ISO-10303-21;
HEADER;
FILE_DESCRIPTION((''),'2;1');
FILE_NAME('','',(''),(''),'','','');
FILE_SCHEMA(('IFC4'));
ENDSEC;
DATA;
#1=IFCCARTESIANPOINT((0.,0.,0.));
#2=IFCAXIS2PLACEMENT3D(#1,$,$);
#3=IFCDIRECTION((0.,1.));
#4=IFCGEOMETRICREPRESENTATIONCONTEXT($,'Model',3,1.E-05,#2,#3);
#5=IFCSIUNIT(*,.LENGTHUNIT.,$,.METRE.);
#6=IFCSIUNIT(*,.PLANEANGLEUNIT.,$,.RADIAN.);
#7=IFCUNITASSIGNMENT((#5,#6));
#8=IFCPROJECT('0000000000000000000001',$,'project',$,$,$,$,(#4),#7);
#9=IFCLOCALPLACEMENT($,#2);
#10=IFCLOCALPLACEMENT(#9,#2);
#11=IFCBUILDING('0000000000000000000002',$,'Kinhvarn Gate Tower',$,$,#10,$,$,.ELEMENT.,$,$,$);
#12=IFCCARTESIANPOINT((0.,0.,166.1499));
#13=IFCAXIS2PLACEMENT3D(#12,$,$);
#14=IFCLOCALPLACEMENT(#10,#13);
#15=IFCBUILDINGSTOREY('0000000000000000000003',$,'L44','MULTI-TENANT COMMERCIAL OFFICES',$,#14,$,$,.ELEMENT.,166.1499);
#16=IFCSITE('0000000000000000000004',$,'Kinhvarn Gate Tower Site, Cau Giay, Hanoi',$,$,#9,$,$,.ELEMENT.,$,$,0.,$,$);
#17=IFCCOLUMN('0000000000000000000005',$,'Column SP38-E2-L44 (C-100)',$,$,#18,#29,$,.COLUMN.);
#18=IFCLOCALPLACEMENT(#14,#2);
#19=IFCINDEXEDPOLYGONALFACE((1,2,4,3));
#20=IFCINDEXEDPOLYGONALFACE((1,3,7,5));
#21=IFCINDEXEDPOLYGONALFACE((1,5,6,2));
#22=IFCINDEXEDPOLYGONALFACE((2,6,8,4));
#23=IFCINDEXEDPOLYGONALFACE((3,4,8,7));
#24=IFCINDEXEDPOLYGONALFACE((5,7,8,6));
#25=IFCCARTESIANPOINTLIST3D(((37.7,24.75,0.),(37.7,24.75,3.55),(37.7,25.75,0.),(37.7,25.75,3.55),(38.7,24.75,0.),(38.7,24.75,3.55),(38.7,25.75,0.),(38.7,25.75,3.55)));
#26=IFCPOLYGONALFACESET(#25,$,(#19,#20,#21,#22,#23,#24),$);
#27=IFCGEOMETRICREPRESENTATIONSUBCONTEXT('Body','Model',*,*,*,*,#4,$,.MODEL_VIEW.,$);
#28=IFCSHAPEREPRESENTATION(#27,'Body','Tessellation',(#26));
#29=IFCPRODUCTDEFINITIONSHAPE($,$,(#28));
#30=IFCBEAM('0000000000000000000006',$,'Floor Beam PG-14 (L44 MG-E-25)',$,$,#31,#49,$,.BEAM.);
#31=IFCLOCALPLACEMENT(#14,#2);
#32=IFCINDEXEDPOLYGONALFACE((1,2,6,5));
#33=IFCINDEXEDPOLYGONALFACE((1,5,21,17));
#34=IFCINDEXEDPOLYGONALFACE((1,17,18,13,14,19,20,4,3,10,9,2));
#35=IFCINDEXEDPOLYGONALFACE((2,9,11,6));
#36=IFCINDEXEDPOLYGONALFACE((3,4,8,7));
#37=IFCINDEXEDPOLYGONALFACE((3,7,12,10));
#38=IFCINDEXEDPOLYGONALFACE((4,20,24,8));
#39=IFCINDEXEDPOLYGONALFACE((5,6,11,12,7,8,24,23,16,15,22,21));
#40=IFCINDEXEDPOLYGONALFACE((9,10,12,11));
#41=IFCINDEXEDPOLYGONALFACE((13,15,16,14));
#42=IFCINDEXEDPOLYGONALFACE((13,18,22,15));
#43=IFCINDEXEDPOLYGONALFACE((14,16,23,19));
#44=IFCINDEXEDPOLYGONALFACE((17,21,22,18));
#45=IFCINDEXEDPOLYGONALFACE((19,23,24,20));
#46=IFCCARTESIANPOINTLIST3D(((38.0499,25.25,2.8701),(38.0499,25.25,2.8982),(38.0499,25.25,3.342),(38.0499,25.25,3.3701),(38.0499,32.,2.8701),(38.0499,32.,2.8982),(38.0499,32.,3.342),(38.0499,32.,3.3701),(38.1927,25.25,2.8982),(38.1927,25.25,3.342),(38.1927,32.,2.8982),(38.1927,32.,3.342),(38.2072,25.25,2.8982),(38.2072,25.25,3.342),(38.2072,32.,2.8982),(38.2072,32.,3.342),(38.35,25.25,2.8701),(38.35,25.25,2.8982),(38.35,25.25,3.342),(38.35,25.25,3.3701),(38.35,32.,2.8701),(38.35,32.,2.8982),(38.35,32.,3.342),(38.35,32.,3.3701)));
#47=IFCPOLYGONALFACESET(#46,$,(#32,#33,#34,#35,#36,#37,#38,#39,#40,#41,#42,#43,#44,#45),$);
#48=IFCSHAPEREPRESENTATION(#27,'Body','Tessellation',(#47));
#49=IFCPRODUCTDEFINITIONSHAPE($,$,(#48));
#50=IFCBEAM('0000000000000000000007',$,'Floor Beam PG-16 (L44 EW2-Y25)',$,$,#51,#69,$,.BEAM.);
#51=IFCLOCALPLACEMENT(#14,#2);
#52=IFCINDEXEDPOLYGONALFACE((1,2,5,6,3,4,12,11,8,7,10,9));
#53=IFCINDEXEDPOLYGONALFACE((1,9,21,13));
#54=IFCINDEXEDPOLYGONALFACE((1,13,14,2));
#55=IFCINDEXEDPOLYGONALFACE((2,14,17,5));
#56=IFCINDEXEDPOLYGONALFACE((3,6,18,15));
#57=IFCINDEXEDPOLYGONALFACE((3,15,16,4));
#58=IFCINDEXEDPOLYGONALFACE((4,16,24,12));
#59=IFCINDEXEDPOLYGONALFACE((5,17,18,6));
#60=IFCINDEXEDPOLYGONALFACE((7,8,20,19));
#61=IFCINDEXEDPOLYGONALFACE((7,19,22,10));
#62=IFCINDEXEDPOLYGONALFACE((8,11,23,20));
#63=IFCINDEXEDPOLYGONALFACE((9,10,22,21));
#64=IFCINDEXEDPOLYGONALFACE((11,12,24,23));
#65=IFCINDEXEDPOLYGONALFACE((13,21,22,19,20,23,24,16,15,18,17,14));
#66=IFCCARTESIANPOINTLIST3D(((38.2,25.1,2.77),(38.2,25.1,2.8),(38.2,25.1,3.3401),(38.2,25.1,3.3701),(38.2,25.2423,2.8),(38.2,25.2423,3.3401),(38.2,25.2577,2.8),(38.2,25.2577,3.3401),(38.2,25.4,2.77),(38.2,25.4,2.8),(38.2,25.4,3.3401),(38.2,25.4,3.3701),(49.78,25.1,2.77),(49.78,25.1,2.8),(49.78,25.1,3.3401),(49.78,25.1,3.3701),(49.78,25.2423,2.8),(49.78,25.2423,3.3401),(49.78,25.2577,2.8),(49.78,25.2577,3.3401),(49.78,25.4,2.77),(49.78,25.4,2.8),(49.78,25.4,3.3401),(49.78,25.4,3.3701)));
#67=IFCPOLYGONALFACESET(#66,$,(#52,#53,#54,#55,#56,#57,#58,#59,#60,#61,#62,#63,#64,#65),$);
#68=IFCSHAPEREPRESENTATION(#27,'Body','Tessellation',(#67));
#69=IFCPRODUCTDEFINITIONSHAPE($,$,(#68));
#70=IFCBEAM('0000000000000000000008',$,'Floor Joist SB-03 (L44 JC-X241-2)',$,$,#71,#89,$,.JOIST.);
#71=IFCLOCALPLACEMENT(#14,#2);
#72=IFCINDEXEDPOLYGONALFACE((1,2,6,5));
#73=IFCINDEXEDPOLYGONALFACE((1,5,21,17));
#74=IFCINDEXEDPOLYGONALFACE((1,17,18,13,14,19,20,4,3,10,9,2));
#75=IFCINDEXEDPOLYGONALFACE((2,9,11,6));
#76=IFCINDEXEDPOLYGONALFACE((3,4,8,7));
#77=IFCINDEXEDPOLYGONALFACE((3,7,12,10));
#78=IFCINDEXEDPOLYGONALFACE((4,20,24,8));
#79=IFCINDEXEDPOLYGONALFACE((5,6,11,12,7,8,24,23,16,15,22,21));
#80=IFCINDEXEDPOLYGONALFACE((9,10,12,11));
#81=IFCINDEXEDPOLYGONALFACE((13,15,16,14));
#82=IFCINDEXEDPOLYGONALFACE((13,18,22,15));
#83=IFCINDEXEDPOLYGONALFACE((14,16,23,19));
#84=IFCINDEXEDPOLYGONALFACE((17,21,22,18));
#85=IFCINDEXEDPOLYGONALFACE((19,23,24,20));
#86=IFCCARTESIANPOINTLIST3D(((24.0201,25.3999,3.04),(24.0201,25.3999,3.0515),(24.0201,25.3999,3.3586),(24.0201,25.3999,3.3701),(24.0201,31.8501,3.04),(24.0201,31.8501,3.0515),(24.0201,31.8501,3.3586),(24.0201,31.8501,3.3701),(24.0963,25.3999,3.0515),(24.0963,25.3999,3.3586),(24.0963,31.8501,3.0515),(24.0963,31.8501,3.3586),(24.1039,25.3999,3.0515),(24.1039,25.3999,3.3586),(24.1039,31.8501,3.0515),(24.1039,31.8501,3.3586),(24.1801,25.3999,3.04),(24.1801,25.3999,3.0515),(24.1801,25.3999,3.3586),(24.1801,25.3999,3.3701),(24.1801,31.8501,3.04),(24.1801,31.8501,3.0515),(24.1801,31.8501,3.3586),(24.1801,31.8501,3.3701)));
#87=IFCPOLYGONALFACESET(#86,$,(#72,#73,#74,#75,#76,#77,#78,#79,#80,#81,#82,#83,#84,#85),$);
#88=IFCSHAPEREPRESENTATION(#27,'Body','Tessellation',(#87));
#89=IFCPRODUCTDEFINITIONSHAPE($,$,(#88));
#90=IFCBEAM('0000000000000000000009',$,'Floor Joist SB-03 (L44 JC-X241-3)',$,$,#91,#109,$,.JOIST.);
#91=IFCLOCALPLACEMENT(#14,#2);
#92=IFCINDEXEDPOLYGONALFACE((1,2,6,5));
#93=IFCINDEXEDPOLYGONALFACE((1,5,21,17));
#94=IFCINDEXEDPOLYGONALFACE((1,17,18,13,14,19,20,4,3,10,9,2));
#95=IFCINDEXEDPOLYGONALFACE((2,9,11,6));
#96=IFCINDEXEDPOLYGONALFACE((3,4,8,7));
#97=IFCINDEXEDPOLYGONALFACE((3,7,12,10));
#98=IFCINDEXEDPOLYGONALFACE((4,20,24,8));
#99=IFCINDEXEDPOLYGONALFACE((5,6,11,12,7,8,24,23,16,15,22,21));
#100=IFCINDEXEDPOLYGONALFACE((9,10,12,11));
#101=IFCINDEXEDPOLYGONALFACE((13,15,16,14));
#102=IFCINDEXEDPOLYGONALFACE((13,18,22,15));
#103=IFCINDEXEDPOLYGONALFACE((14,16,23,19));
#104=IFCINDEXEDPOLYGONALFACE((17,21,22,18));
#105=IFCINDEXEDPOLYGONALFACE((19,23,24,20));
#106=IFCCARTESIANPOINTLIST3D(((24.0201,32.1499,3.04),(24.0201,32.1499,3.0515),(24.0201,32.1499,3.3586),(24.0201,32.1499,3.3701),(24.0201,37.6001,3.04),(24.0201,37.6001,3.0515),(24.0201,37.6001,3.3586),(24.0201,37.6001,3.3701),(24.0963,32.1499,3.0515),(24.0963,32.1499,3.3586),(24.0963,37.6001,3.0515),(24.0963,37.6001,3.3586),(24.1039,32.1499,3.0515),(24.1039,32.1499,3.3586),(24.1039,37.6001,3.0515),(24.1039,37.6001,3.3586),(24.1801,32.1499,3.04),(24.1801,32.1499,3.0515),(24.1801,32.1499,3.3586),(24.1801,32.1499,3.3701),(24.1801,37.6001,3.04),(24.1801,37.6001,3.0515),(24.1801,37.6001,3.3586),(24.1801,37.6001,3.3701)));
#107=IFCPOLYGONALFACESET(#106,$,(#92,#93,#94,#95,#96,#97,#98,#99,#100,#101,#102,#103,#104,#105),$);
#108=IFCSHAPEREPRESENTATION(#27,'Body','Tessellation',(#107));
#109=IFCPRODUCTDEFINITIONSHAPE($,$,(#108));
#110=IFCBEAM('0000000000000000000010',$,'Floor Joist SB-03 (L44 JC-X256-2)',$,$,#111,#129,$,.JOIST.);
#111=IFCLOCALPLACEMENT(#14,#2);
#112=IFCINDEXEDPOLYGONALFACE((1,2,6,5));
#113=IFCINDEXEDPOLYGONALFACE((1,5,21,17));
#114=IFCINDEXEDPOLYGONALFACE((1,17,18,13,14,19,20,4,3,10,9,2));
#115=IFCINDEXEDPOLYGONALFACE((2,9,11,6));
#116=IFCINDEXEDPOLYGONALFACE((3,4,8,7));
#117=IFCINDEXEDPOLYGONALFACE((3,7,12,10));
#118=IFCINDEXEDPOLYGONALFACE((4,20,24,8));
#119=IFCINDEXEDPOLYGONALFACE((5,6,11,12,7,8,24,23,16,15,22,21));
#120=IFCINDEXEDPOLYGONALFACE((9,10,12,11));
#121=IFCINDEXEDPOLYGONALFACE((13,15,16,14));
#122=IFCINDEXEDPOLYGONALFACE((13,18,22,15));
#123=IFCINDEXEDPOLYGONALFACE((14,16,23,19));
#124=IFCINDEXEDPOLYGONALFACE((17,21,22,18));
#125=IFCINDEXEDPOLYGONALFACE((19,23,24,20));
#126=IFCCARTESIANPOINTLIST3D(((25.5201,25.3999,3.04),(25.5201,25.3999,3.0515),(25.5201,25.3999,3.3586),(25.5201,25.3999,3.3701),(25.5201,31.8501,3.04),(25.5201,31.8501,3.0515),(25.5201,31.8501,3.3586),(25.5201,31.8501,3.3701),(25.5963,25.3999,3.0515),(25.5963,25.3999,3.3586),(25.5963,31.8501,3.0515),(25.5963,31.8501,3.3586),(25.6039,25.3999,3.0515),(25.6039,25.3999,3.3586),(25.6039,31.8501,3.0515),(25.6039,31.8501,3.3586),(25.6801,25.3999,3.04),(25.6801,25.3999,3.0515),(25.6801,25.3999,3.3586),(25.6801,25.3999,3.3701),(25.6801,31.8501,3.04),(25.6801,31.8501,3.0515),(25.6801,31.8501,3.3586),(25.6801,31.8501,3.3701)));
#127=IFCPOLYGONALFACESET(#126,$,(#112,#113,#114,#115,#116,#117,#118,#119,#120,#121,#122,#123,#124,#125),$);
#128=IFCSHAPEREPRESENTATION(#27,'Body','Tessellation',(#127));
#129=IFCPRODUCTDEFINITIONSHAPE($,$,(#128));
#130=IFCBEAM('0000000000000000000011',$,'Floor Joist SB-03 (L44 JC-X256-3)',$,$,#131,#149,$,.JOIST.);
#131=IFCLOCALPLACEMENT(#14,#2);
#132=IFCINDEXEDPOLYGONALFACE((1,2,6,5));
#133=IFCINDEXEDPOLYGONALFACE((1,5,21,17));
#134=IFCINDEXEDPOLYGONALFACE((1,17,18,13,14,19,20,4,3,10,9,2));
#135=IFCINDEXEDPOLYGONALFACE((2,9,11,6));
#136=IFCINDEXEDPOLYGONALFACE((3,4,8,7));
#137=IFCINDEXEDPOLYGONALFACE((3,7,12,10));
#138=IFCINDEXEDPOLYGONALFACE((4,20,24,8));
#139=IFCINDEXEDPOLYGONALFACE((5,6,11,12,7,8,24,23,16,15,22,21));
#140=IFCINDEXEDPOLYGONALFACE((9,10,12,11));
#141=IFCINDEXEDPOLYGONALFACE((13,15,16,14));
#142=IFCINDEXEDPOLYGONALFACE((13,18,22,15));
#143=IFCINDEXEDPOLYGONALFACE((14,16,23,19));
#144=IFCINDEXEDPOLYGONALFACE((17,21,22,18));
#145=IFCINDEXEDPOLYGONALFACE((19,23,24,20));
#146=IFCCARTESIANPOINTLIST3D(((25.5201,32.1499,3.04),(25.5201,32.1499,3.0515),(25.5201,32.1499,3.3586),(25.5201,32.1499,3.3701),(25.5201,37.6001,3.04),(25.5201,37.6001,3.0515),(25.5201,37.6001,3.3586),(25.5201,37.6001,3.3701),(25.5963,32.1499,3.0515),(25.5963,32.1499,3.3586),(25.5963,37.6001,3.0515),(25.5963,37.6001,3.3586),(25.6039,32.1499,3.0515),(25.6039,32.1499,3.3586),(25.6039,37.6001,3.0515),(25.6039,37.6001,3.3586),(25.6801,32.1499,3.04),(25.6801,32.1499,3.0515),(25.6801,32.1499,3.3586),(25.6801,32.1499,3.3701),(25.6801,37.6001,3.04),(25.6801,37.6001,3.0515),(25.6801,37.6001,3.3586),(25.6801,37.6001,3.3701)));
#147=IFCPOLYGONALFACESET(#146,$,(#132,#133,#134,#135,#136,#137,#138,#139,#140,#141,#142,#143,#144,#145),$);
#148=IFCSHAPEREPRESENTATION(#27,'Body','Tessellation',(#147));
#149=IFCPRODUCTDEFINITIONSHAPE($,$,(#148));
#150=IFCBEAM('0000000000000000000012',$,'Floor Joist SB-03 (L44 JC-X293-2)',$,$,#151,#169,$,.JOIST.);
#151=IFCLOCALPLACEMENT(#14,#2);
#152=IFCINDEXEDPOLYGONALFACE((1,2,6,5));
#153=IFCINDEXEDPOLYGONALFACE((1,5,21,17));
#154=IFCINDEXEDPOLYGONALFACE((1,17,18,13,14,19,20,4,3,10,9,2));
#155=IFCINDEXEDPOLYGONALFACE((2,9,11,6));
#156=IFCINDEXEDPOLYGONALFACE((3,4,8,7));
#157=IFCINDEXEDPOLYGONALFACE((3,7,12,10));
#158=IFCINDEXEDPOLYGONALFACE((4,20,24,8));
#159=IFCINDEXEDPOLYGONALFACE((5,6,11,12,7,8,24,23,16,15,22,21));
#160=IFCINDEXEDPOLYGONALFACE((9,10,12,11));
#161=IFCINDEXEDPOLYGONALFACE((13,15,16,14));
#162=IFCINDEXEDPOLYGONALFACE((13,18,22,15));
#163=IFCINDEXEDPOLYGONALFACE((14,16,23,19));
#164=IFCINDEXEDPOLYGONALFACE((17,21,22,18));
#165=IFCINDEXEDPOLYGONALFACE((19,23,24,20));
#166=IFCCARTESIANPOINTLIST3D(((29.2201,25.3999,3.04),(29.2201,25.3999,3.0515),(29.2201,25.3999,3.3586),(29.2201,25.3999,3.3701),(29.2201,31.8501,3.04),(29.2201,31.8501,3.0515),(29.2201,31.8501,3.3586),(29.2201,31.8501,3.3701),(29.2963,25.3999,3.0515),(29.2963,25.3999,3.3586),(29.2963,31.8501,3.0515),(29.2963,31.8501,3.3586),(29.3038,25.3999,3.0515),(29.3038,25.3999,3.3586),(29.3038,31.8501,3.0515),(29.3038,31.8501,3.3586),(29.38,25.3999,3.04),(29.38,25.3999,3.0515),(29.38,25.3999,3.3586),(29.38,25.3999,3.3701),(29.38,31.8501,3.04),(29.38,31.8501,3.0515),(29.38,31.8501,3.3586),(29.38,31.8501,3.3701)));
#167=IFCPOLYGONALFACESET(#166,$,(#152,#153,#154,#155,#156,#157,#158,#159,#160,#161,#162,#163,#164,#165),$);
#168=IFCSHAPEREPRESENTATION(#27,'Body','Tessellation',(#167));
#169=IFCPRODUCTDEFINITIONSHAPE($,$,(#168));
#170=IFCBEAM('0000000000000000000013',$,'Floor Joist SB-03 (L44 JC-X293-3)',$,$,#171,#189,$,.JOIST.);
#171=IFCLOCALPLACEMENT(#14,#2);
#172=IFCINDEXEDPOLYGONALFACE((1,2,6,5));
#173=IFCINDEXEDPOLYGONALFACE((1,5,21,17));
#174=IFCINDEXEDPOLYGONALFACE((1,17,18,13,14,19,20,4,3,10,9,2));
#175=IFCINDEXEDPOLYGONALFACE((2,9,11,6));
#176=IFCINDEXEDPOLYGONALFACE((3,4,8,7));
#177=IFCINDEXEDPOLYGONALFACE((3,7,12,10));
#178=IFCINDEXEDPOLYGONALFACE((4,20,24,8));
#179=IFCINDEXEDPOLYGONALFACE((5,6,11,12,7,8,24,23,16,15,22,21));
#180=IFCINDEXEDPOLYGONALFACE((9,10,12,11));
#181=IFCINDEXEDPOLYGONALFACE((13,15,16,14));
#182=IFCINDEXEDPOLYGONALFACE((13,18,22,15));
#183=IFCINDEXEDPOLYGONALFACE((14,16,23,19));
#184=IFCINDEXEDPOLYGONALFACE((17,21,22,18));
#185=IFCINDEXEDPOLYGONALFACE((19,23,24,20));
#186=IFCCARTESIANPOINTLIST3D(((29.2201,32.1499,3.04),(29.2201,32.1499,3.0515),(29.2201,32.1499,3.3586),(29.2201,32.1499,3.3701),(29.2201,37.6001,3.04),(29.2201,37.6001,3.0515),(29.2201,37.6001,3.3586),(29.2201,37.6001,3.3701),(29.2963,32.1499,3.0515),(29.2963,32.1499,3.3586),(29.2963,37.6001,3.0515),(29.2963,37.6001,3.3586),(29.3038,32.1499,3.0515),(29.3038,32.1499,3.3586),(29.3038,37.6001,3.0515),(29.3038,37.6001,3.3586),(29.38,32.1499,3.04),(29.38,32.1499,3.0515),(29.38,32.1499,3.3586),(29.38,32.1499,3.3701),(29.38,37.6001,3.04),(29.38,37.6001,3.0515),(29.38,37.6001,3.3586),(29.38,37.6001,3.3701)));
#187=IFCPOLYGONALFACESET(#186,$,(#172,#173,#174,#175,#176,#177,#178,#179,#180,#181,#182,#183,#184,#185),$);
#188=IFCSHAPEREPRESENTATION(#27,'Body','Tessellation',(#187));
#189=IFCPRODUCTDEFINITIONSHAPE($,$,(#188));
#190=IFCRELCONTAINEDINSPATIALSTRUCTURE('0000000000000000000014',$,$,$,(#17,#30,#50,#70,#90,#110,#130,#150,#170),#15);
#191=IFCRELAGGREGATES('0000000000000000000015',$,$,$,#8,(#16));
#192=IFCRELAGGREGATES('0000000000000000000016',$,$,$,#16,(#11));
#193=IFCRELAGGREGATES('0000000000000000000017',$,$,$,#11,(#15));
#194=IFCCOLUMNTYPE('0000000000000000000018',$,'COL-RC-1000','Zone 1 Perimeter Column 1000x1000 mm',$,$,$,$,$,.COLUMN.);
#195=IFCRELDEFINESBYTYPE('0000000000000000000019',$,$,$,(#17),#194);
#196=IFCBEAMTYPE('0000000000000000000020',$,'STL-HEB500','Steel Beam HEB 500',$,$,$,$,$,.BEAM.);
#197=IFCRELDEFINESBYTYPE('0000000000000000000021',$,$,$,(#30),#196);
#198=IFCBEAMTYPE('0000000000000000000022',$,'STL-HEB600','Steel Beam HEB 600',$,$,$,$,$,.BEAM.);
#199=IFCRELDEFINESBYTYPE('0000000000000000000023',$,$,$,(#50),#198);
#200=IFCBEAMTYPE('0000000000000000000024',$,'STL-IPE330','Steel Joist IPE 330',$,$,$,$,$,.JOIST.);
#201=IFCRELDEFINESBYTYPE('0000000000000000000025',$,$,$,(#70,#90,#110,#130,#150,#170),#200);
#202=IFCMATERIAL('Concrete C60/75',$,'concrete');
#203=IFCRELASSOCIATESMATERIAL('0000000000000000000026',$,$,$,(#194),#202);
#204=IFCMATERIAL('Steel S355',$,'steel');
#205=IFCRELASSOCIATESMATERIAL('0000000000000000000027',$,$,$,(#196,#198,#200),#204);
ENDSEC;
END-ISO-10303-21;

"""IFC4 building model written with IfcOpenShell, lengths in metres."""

from ifc_helpers import new_model, si_unit, direction, frame, origin, origin_2d, place, context, subcontext, project, spatial, rectangle, i_section, extrude, material, material_profile, profile_set, type_object, element, save


model = new_model("IFC4")

# Units and contexts
model_context = context("Model", 3, precision=1e-05, world=origin(), true_north=direction((0.0, 1.0)))
body_context = subcontext(model_context, "Body", "Model", "MODEL_VIEW")
ifc_project = project(units=[si_unit("LENGTHUNIT", "METRE"), si_unit("PLANEANGLEUNIT", "RADIAN")], contexts=[model_context])

# Site, building, storey
site_placement = place(None, origin())
site = spatial("IfcSite", under=ifc_project, at=site_placement, Name="Kinhvarn Gate Tower Site, Cau Giay, Hanoi", CompositionType="ELEMENT", RefElevation=0.0)
building_placement = place(site_placement, origin())
building = spatial("IfcBuilding", under=site, at=building_placement, Name="Kinhvarn Gate Tower", CompositionType="ELEMENT")
storey_placement = place(building_placement, frame((0.0, 0.0, 166.1499)))
storey = spatial("IfcBuildingStorey", under=building, at=storey_placement, Name="L44", Description="MULTI-TENANT COMMERCIAL OFFICES", CompositionType="ELEMENT", Elevation=166.1499)

# Column
ifc_material_1 = material(Name="Concrete C60/75", Category="concrete")
ifc_material_profile_1 = material_profile(ifc_material_1, rectangle(XDim=1.0, YDim=1.0, at=origin_2d()), Name="RC 1000x1000")
ifc_profile_set_1 = profile_set([ifc_material_profile_1], Name="Concrete C60/75")
column_type = type_object("IfcColumnType", Name="COL-RC-1000", Description="Zone 1 Perimeter Column 1000x1000 mm", PredefinedType="COLUMN", material=ifc_profile_set_1)
column_placement = place(storey_placement, frame((38.2, 25.25, 0.0), z_axis=(0.0, 0.0, 1.0), x_axis=(1.0, 0.0, 0.0)))
element("IfcColumn", 1, at=column_placement, inside=storey, type_object=column_type, Name="Column SP38-E2-L44 (C-100)", PredefinedType="COLUMN", context=body_context, shape_type="SweptSolid", body=[
    extrude(rectangle(XDim=1.0, YDim=1.0, at=origin_2d()), origin(), (0.0, 0.0, 1.0), 3.55),
])

# Beams
ifc_material_2 = material(Name="Steel S355", Category="steel")
ifc_material_profile_2 = material_profile(ifc_material_2, i_section(OverallWidth=0.3, OverallDepth=0.5, WebThickness=0.0144, FlangeThickness=0.0281, at=origin_2d()), Name="HEB 500")
ifc_profile_set_2 = profile_set([ifc_material_profile_2], Name="Steel S355")
beam_type_1 = type_object("IfcBeamType", Name="STL-HEB500", Description="Steel Beam HEB 500", PredefinedType="BEAM", material=ifc_profile_set_2)
beam_1_placement = place(storey_placement, frame((38.2, 25.25, 3.1201), z_axis=(0.0, 1.0, 0.0), x_axis=(-1.0, 0.0, 0.0)))
element("IfcBeam", 2, at=beam_1_placement, inside=storey, type_object=beam_type_1, Name="Floor Beam PG-14 (L44 MG-E-25)", PredefinedType="BEAM", context=body_context, shape_type="SweptSolid", body=[
    extrude(i_section(OverallWidth=0.3, OverallDepth=0.5, WebThickness=0.0144, FlangeThickness=0.0281, at=origin_2d()), origin(), (0.0, 0.0, 1.0), 6.75),
])
ifc_material_profile_3 = material_profile(ifc_material_2, i_section(OverallWidth=0.3, OverallDepth=0.6001, WebThickness=0.0154, FlangeThickness=0.03, at=origin_2d()), Name="HEB 600")
ifc_profile_set_3 = profile_set([ifc_material_profile_3], Name="Steel S355")
beam_type_2 = type_object("IfcBeamType", Name="STL-HEB600", Description="Steel Beam HEB 600", PredefinedType="BEAM", material=ifc_profile_set_3)
beam_2_placement = place(storey_placement, frame((38.2, 25.25, 3.0701), z_axis=(1.0, 0.0, 0.0), x_axis=(0.0, 1.0, 0.0)))
element("IfcBeam", 3, at=beam_2_placement, inside=storey, type_object=beam_type_2, Name="Floor Beam PG-16 (L44 EW2-Y25)", PredefinedType="BEAM", context=body_context, shape_type="SweptSolid", body=[
    extrude(i_section(OverallWidth=0.3, OverallDepth=0.6001, WebThickness=0.0154, FlangeThickness=0.03, at=origin_2d()), origin(), (0.0, 0.0, 1.0), 11.5801),
])
ifc_material_profile_4 = material_profile(ifc_material_2, i_section(OverallWidth=0.1599, OverallDepth=0.3301, WebThickness=0.0076, FlangeThickness=0.0115, at=origin_2d()), Name="IPE 330")
ifc_profile_set_4 = profile_set([ifc_material_profile_4], Name="Steel S355")
beam_type_3 = type_object("IfcBeamType", Name="STL-IPE330", Description="Steel Joist IPE 330", PredefinedType="JOIST", material=ifc_profile_set_4)
beam_3_placement = place(storey_placement, frame((24.1001, 25.3999, 3.2051), z_axis=(0.0, 1.0, 0.0), x_axis=(-1.0, 0.0, 0.0)))
element("IfcBeam", 4, at=beam_3_placement, inside=storey, type_object=beam_type_3, Name="Floor Joist SB-03 (L44 JC-X241-2)", PredefinedType="JOIST", context=body_context, shape_type="SweptSolid", body=[
    extrude(i_section(OverallWidth=0.1599, OverallDepth=0.3301, WebThickness=0.0076, FlangeThickness=0.0115, at=origin_2d()), origin(), (0.0, 0.0, 1.0), 6.4502),
])
beam_4_placement = place(storey_placement, frame((24.1001, 32.1499, 3.2051), z_axis=(0.0, 1.0, 0.0), x_axis=(-1.0, 0.0, 0.0)))
element("IfcBeam", 5, at=beam_4_placement, inside=storey, type_object=beam_type_3, Name="Floor Joist SB-03 (L44 JC-X241-3)", PredefinedType="JOIST", context=body_context, shape_type="SweptSolid", body=[
    extrude(i_section(OverallWidth=0.1599, OverallDepth=0.3301, WebThickness=0.0076, FlangeThickness=0.0115, at=origin_2d()), origin(), (0.0, 0.0, 1.0), 5.4502),
])
beam_5_placement = place(storey_placement, frame((25.6001, 25.3999, 3.2051), z_axis=(0.0, 1.0, 0.0), x_axis=(-1.0, 0.0, 0.0)))
element("IfcBeam", 6, at=beam_5_placement, inside=storey, type_object=beam_type_3, Name="Floor Joist SB-03 (L44 JC-X256-2)", PredefinedType="JOIST", context=body_context, shape_type="SweptSolid", body=[
    extrude(i_section(OverallWidth=0.1599, OverallDepth=0.3301, WebThickness=0.0076, FlangeThickness=0.0115, at=origin_2d()), origin(), (0.0, 0.0, 1.0), 6.4502),
])
beam_6_placement = place(storey_placement, frame((25.6001, 32.1499, 3.2051), z_axis=(0.0, 1.0, 0.0), x_axis=(-1.0, 0.0, 0.0)))
element("IfcBeam", 7, at=beam_6_placement, inside=storey, type_object=beam_type_3, Name="Floor Joist SB-03 (L44 JC-X256-3)", PredefinedType="JOIST", context=body_context, shape_type="SweptSolid", body=[
    extrude(i_section(OverallWidth=0.1599, OverallDepth=0.3301, WebThickness=0.0076, FlangeThickness=0.0115, at=origin_2d()), origin(), (0.0, 0.0, 1.0), 5.4502),
])
beam_7_placement = place(storey_placement, frame((29.3, 25.3999, 3.2051), z_axis=(0.0, 1.0, 0.0), x_axis=(-1.0, 0.0, 0.0)))
element("IfcBeam", 8, at=beam_7_placement, inside=storey, type_object=beam_type_3, Name="Floor Joist SB-03 (L44 JC-X293-2)", PredefinedType="JOIST", context=body_context, shape_type="SweptSolid", body=[
    extrude(i_section(OverallWidth=0.1599, OverallDepth=0.3301, WebThickness=0.0076, FlangeThickness=0.0115, at=origin_2d()), origin(), (0.0, 0.0, 1.0), 6.4502),
])
beam_8_placement = place(storey_placement, frame((29.3, 32.1499, 3.2051), z_axis=(0.0, 1.0, 0.0), x_axis=(-1.0, 0.0, 0.0)))
element("IfcBeam", 9, at=beam_8_placement, inside=storey, type_object=beam_type_3, Name="Floor Joist SB-03 (L44 JC-X293-3)", PredefinedType="JOIST", context=body_context, shape_type="SweptSolid", body=[
    extrude(i_section(OverallWidth=0.1599, OverallDepth=0.3301, WebThickness=0.0076, FlangeThickness=0.0115, at=origin_2d()), origin(), (0.0, 0.0, 1.0), 5.4502),
])

save(model, "model.ifc")
